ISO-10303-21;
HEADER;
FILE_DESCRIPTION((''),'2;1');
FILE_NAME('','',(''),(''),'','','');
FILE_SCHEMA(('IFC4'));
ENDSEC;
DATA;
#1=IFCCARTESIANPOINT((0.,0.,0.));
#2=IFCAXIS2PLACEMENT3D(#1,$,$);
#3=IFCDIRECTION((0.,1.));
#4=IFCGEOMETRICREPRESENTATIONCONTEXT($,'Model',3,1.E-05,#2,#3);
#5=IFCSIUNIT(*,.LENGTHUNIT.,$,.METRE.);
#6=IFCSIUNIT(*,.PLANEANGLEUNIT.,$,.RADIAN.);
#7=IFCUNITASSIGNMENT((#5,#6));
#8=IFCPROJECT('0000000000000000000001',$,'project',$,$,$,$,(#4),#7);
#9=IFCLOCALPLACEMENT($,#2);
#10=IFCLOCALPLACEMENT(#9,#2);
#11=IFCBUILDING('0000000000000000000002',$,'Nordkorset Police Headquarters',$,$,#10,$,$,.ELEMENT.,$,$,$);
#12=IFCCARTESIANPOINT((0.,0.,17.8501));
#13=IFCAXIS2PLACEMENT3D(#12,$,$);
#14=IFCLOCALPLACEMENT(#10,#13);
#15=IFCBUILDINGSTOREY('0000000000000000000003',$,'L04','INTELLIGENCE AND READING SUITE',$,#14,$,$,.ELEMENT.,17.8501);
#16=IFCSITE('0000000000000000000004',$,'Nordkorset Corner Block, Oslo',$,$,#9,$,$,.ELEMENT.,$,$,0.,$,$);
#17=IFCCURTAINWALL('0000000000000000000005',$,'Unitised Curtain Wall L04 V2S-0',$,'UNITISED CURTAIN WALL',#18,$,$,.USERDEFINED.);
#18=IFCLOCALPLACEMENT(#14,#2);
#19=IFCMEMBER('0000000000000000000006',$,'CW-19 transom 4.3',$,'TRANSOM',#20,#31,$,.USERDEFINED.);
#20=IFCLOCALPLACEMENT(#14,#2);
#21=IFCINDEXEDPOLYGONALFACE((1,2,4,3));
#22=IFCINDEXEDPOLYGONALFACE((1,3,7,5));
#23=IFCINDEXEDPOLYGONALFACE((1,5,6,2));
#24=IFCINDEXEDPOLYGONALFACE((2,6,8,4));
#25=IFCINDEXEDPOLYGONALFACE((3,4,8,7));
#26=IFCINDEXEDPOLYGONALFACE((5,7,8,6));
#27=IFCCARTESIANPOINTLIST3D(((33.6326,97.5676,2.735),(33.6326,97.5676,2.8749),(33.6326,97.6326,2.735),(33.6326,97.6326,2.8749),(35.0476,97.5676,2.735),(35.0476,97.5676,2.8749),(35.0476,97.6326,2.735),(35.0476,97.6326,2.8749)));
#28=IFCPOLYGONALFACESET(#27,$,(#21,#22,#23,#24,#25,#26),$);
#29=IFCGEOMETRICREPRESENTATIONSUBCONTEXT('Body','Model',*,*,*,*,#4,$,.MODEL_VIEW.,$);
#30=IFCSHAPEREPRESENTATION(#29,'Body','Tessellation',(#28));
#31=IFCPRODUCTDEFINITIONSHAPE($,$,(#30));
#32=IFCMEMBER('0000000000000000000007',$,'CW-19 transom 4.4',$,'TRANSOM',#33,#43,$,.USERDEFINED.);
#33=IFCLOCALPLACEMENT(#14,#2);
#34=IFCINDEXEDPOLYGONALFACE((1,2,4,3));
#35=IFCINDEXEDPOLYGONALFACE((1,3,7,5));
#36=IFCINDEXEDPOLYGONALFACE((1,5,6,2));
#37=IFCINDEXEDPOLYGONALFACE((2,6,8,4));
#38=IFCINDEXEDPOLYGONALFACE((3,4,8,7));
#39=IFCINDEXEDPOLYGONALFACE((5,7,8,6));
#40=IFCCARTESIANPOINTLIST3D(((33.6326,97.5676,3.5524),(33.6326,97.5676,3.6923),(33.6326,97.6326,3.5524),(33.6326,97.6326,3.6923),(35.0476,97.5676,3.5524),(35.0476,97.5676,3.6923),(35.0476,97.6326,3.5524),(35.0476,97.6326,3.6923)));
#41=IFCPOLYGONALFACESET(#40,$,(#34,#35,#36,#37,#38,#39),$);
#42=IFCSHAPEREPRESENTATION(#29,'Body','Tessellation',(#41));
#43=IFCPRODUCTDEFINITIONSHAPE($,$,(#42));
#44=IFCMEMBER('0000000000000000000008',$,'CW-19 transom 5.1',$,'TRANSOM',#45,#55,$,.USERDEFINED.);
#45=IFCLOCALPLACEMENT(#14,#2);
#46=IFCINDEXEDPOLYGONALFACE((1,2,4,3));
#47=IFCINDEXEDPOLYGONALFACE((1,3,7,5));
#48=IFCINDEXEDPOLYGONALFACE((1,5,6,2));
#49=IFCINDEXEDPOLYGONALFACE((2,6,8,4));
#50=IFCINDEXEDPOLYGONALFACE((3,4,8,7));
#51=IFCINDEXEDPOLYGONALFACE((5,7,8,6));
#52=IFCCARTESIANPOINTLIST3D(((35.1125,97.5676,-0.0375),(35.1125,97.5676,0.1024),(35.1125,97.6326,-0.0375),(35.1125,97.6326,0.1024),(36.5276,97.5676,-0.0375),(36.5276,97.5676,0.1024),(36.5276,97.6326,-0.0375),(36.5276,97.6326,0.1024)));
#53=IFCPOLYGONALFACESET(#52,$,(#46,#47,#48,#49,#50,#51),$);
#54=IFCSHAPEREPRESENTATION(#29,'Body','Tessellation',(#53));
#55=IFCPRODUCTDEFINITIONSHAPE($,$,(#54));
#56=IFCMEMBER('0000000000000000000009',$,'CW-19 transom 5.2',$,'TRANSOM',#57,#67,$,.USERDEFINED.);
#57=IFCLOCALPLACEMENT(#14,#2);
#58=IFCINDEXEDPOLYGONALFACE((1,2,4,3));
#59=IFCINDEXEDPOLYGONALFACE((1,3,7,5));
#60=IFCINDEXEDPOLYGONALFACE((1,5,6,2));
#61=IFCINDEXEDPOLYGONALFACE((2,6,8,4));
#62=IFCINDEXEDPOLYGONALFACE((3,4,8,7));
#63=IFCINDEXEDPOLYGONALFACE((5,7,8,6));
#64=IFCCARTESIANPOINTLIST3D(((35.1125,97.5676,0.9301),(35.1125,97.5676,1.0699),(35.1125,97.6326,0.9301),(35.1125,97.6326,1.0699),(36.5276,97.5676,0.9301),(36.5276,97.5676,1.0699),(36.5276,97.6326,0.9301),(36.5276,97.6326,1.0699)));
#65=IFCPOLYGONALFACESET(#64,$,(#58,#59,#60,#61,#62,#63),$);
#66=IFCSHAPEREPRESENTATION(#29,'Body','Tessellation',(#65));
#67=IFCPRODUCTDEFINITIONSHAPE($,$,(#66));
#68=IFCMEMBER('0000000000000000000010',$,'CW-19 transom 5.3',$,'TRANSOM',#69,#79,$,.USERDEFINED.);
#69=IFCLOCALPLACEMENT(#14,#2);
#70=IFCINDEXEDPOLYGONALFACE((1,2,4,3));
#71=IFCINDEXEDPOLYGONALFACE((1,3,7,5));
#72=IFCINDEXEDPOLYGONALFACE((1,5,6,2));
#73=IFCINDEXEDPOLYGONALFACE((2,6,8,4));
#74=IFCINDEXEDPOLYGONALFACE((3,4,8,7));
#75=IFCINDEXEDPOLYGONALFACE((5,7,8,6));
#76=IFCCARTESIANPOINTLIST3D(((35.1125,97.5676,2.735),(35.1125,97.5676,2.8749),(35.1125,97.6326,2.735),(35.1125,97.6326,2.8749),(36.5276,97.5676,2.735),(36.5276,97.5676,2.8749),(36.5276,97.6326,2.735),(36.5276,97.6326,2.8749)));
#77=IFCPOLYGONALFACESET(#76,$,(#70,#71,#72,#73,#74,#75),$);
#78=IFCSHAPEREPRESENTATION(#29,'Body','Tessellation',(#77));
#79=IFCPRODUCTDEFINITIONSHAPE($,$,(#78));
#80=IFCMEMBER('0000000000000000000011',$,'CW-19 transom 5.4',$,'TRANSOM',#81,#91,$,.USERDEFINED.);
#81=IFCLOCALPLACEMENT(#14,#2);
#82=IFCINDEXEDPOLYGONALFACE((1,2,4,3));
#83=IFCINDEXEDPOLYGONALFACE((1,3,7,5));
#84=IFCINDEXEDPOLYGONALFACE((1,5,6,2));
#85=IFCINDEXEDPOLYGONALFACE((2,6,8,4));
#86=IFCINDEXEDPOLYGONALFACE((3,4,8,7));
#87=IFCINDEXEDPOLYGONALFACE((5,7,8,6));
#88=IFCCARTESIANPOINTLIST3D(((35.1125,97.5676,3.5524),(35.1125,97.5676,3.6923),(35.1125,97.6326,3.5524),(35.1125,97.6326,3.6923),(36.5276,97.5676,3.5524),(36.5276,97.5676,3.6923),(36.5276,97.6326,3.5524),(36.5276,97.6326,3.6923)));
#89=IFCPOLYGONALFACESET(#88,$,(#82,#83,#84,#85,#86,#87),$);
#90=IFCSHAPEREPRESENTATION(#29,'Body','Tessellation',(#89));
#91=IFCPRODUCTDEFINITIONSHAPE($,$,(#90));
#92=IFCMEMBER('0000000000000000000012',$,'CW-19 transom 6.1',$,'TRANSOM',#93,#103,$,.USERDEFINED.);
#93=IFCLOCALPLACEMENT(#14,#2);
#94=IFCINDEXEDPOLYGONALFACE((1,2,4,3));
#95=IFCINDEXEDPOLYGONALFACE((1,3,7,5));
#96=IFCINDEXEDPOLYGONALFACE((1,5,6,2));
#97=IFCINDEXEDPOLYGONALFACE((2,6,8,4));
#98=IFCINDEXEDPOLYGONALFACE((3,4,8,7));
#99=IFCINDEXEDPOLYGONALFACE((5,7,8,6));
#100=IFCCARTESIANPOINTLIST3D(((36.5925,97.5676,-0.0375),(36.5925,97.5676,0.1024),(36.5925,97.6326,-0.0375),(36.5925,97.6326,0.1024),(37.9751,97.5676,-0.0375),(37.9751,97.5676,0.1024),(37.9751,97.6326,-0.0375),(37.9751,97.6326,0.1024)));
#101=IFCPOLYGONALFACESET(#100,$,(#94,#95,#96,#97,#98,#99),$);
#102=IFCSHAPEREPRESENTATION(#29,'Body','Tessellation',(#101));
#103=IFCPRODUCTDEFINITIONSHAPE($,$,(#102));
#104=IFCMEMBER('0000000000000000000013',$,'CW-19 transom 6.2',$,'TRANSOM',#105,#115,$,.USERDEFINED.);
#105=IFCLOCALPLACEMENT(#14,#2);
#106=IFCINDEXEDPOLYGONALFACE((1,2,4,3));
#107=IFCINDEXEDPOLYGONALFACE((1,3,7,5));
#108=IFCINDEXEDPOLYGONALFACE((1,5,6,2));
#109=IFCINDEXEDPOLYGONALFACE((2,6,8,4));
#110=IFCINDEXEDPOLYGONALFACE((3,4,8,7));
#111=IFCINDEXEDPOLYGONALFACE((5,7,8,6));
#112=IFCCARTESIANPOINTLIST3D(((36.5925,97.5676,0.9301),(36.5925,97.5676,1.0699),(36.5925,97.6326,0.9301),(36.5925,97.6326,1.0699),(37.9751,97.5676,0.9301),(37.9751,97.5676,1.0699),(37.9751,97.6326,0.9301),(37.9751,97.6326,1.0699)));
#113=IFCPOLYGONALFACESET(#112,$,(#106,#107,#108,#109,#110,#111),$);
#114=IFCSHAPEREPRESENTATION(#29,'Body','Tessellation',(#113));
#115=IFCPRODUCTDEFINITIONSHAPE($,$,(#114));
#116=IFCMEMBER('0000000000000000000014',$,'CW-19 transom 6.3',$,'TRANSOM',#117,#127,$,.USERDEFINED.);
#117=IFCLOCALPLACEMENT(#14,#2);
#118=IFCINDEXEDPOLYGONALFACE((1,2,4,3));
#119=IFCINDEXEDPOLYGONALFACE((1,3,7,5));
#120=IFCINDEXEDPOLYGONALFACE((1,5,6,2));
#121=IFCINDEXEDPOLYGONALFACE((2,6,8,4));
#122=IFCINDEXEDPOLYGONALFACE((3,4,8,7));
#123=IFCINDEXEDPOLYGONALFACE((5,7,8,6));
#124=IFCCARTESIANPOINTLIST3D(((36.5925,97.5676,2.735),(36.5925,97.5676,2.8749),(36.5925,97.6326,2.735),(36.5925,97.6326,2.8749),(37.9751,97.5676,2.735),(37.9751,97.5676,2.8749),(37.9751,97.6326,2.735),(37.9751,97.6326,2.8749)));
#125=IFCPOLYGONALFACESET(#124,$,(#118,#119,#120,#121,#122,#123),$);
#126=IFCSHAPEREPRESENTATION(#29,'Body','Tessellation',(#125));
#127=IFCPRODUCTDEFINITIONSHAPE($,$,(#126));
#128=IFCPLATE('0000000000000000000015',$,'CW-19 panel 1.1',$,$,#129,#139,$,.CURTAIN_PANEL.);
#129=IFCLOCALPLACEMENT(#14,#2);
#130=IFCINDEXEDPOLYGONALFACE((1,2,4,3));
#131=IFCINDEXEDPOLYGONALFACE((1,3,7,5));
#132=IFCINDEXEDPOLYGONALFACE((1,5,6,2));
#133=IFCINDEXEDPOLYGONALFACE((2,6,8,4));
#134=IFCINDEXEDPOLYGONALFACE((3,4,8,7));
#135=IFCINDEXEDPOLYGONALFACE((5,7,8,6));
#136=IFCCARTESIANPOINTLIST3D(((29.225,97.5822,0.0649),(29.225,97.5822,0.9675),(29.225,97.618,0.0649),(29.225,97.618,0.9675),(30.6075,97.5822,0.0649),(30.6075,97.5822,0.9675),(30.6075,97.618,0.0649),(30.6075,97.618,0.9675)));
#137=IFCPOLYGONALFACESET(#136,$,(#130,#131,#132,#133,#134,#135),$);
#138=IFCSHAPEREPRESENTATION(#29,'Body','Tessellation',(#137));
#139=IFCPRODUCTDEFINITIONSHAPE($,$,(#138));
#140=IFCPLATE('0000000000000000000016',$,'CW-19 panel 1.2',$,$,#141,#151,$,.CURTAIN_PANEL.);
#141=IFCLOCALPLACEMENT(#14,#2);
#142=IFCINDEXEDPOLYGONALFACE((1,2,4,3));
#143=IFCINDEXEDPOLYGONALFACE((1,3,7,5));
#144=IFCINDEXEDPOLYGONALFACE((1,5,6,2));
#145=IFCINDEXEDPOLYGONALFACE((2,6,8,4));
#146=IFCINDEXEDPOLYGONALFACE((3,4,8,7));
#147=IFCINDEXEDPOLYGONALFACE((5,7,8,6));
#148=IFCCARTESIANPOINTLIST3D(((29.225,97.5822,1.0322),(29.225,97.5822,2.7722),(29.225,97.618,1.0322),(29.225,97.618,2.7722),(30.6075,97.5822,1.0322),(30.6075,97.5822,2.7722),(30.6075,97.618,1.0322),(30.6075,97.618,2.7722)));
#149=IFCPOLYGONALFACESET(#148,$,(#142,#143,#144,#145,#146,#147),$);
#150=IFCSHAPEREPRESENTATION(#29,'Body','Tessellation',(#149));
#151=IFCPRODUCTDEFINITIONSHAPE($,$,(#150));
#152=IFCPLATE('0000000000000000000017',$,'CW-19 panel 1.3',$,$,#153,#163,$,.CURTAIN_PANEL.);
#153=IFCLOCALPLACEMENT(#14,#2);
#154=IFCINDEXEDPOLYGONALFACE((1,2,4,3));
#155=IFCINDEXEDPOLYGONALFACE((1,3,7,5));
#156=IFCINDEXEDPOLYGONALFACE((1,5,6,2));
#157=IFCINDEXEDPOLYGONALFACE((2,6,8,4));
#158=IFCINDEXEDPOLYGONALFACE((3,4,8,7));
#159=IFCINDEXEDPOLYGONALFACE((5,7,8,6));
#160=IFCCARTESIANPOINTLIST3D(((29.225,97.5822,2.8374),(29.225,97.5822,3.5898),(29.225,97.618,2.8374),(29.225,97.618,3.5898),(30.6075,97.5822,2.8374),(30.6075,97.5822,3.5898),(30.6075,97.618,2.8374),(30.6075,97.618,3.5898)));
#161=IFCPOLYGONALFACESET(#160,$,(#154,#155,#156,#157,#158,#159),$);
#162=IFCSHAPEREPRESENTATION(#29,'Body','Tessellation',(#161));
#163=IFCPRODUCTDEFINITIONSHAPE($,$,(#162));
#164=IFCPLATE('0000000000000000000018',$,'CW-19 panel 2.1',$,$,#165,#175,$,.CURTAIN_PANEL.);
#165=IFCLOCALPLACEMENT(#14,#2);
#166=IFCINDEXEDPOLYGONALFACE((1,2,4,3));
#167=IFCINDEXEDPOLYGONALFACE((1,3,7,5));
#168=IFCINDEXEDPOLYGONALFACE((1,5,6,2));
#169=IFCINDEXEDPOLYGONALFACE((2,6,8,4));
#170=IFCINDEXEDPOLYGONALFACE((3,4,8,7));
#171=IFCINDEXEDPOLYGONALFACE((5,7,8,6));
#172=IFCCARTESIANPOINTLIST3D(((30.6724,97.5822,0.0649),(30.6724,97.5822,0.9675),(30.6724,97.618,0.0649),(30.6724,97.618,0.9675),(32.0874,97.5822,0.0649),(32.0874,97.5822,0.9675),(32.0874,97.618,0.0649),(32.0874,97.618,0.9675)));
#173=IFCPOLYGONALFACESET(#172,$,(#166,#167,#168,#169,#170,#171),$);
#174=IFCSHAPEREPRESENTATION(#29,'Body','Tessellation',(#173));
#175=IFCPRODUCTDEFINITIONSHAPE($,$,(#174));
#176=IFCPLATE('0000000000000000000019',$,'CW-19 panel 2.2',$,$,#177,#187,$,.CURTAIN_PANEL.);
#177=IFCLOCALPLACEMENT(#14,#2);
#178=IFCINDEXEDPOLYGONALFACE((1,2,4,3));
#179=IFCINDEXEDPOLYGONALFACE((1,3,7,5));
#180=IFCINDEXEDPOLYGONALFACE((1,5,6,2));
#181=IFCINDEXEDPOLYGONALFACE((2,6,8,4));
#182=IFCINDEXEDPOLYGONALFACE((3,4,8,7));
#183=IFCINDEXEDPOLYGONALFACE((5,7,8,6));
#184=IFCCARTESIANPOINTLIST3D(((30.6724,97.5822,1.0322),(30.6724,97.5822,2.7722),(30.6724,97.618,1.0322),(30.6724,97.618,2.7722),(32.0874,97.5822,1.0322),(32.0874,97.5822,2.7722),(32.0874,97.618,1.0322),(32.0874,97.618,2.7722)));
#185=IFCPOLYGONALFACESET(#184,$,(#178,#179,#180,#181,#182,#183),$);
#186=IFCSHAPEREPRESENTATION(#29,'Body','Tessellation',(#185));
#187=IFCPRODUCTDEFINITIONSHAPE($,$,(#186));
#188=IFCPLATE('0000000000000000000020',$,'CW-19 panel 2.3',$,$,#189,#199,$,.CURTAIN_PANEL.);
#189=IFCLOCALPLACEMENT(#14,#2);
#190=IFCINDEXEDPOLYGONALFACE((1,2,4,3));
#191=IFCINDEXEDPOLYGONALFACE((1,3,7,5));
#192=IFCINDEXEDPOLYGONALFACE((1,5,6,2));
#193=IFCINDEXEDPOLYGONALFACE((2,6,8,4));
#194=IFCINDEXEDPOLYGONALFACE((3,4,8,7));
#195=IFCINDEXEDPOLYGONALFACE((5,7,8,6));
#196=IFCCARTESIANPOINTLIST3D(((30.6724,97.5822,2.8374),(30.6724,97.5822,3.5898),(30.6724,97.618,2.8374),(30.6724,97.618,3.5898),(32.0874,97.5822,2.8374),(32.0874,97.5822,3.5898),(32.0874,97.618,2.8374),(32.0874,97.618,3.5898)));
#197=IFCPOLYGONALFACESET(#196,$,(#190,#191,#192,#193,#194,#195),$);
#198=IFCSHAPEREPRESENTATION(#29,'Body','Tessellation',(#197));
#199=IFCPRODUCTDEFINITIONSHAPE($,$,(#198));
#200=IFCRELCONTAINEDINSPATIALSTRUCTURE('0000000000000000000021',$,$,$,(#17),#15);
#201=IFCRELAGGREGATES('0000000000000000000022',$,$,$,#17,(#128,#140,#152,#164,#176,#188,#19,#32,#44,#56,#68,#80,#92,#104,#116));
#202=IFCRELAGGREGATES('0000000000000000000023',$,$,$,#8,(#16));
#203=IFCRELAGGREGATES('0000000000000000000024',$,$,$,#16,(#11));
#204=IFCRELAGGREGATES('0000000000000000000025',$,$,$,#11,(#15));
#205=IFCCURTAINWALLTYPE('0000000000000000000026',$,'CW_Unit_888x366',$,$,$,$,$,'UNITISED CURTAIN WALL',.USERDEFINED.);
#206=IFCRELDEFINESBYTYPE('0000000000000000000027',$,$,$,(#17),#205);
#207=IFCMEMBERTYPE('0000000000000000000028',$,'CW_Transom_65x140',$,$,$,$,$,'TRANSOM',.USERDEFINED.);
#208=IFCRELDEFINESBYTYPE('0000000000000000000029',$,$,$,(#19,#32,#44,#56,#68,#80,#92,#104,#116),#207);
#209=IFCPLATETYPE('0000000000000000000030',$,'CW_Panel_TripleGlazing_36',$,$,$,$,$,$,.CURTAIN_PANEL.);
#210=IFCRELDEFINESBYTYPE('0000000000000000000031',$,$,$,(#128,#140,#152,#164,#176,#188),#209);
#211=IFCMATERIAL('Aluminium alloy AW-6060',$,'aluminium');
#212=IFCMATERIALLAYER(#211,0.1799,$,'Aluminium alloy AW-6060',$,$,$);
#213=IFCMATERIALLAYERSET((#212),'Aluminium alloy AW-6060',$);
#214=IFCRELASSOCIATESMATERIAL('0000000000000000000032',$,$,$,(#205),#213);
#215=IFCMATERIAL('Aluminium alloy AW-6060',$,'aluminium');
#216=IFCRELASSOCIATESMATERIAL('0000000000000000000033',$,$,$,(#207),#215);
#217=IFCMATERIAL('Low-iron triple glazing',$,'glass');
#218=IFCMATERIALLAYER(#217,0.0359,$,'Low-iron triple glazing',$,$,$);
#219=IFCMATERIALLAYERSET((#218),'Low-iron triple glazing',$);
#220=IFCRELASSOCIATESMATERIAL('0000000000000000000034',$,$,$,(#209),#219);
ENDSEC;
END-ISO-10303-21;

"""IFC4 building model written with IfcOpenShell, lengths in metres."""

from ifc_helpers import new_model, si_unit, direction, frame, origin, origin_2d, place, context, subcontext, project, spatial, rectangle, extrude, material, layer, layer_set, material_profile, profile_set, type_object, element, aggregate, save


model = new_model("IFC4")

# Units and contexts
model_context = context("Model", 3, precision=1e-05, world=origin(), true_north=direction((0.0, 1.0)))
body_context = subcontext(model_context, "Body", "Model", "MODEL_VIEW")
ifc_project = project(units=[si_unit("LENGTHUNIT", "METRE"), si_unit("PLANEANGLEUNIT", "RADIAN")], contexts=[model_context])

# Site, building, storey
site_placement = place(None, origin())
site = spatial("IfcSite", under=ifc_project, at=site_placement, Name="Nordkorset Corner Block, Oslo", CompositionType="ELEMENT", RefElevation=0.0)
building_placement = place(site_placement, origin())
building = spatial("IfcBuilding", under=site, at=building_placement, Name="Nordkorset Police Headquarters", CompositionType="ELEMENT")
storey_placement = place(building_placement, frame((0.0, 0.0, 17.8501)))
storey = spatial("IfcBuildingStorey", under=building, at=storey_placement, Name="L04", Description="INTELLIGENCE AND READING SUITE", CompositionType="ELEMENT", Elevation=17.8501)

# Curtain wall, members, plates
ifc_material_1 = material(Name="Aluminium alloy AW-6060", Category="aluminium")
ifc_layer_1 = layer(ifc_material_1, 0.1799, Name="Aluminium alloy AW-6060")
ifc_layer_set_1 = layer_set([ifc_layer_1], Name="Aluminium alloy AW-6060")
curtain_wall_type = type_object("IfcCurtainWallType", Name="CW_Unit_888x366", ElementType="UNITISED CURTAIN WALL", PredefinedType="USERDEFINED", material=ifc_layer_set_1)
curtain_wall_placement = place(storey_placement, origin())
curtain_wall = element("IfcCurtainWall", 1, at=curtain_wall_placement, inside=storey, type_object=curtain_wall_type, Name="Unitised Curtain Wall L04 V2S-0", ObjectType="UNITISED CURTAIN WALL", PredefinedType="USERDEFINED")
ifc_material_2 = material(Name="Aluminium alloy AW-6060", Category="aluminium")
ifc_material_profile_1 = material_profile(ifc_material_2, rectangle(XDim=0.0649, YDim=0.1399, at=origin_2d()), Name="ALU TRAN 65x140")
ifc_profile_set_1 = profile_set([ifc_material_profile_1], Name="Aluminium alloy AW-6060")
member_type_1 = type_object("IfcMemberType", Name="CW_Transom_65x140", ElementType="TRANSOM", PredefinedType="USERDEFINED", material=ifc_profile_set_1)
member_1_placement = place(storey_placement, frame((33.6326, 97.6001, 2.8049), z_axis=(1.0, 0.0, 0.0), x_axis=(0.0, 1.0, 0.0)))
member_1 = element("IfcMember", 2, at=member_1_placement, type_object=member_type_1, Name="CW-19 transom 4.3", ObjectType="TRANSOM", PredefinedType="USERDEFINED", context=body_context, shape_type="SweptSolid", body=[
    extrude(rectangle(XDim=0.0649, YDim=0.1399, at=origin_2d()), origin(), (0.0, 0.0, 1.0), 1.415),
])
member_2_placement = place(storey_placement, frame((33.6326, 97.6001, 3.6223), z_axis=(1.0, 0.0, 0.0), x_axis=(0.0, 1.0, 0.0)))
member_2 = element("IfcMember", 3, at=member_2_placement, type_object=member_type_1, Name="CW-19 transom 4.4", ObjectType="TRANSOM", PredefinedType="USERDEFINED", context=body_context, shape_type="SweptSolid", body=[
    extrude(rectangle(XDim=0.0649, YDim=0.1399, at=origin_2d()), origin(), (0.0, 0.0, 1.0), 1.415),
])
member_3_placement = place(storey_placement, frame((35.1125, 97.6001, 0.0325), z_axis=(1.0, 0.0, 0.0), x_axis=(0.0, 1.0, 0.0)))
member_3 = element("IfcMember", 4, at=member_3_placement, type_object=member_type_1, Name="CW-19 transom 5.1", ObjectType="TRANSOM", PredefinedType="USERDEFINED", context=body_context, shape_type="SweptSolid", body=[
    extrude(rectangle(XDim=0.0649, YDim=0.1399, at=origin_2d()), origin(), (0.0, 0.0, 1.0), 1.415),
])
member_4_placement = place(storey_placement, frame((35.1125, 97.6001, 1.0), z_axis=(1.0, 0.0, 0.0), x_axis=(0.0, 1.0, 0.0)))
member_4 = element("IfcMember", 5, at=member_4_placement, type_object=member_type_1, Name="CW-19 transom 5.2", ObjectType="TRANSOM", PredefinedType="USERDEFINED", context=body_context, shape_type="SweptSolid", body=[
    extrude(rectangle(XDim=0.0649, YDim=0.1399, at=origin_2d()), origin(), (0.0, 0.0, 1.0), 1.415),
])
member_5_placement = place(storey_placement, frame((35.1125, 97.6001, 2.8049), z_axis=(1.0, 0.0, 0.0), x_axis=(0.0, 1.0, 0.0)))
member_5 = element("IfcMember", 6, at=member_5_placement, type_object=member_type_1, Name="CW-19 transom 5.3", ObjectType="TRANSOM", PredefinedType="USERDEFINED", context=body_context, shape_type="SweptSolid", body=[
    extrude(rectangle(XDim=0.0649, YDim=0.1399, at=origin_2d()), origin(), (0.0, 0.0, 1.0), 1.415),
])
member_6_placement = place(storey_placement, frame((35.1125, 97.6001, 3.6223), z_axis=(1.0, 0.0, 0.0), x_axis=(0.0, 1.0, 0.0)))
member_6 = element("IfcMember", 7, at=member_6_placement, type_object=member_type_1, Name="CW-19 transom 5.4", ObjectType="TRANSOM", PredefinedType="USERDEFINED", context=body_context, shape_type="SweptSolid", body=[
    extrude(rectangle(XDim=0.0649, YDim=0.1399, at=origin_2d()), origin(), (0.0, 0.0, 1.0), 1.415),
])
member_7_placement = place(storey_placement, frame((36.5925, 97.6001, 0.0325), z_axis=(1.0, 0.0, 0.0), x_axis=(0.0, 1.0, 0.0)))
member_7 = element("IfcMember", 8, at=member_7_placement, type_object=member_type_1, Name="CW-19 transom 6.1", ObjectType="TRANSOM", PredefinedType="USERDEFINED", context=body_context, shape_type="SweptSolid", body=[
    extrude(rectangle(XDim=0.0649, YDim=0.1399, at=origin_2d()), origin(), (0.0, 0.0, 1.0), 1.3826),
])
member_8_placement = place(storey_placement, frame((36.5925, 97.6001, 1.0), z_axis=(1.0, 0.0, 0.0), x_axis=(0.0, 1.0, 0.0)))
member_8 = element("IfcMember", 9, at=member_8_placement, type_object=member_type_1, Name="CW-19 transom 6.2", ObjectType="TRANSOM", PredefinedType="USERDEFINED", context=body_context, shape_type="SweptSolid", body=[
    extrude(rectangle(XDim=0.0649, YDim=0.1399, at=origin_2d()), origin(), (0.0, 0.0, 1.0), 1.3826),
])
member_9_placement = place(storey_placement, frame((36.5925, 97.6001, 2.8049), z_axis=(1.0, 0.0, 0.0), x_axis=(0.0, 1.0, 0.0)))
member_9 = element("IfcMember", 10, at=member_9_placement, type_object=member_type_1, Name="CW-19 transom 6.3", ObjectType="TRANSOM", PredefinedType="USERDEFINED", context=body_context, shape_type="SweptSolid", body=[
    extrude(rectangle(XDim=0.0649, YDim=0.1399, at=origin_2d()), origin(), (0.0, 0.0, 1.0), 1.3826),
])
ifc_material_3 = material(Name="Low-iron triple glazing", Category="glass")
ifc_layer_2 = layer(ifc_material_3, 0.0359, Name="Low-iron triple glazing")
ifc_layer_set_2 = layer_set([ifc_layer_2], Name="Low-iron triple glazing")
plate_type = type_object("IfcPlateType", Name="CW_Panel_TripleGlazing_36", PredefinedType="CURTAIN_PANEL", material=ifc_layer_set_2)
plate_1_placement = place(storey_placement, frame((29.9163, 97.6001, 0.0649), z_axis=(0.0, 0.0, 1.0), x_axis=(1.0, 0.0, 0.0)))
plate_1 = element("IfcPlate", 11, at=plate_1_placement, type_object=plate_type, Name="CW-19 panel 1.1", PredefinedType="CURTAIN_PANEL", context=body_context, shape_type="SweptSolid", body=[
    extrude(rectangle(XDim=1.3826, YDim=0.0359, at=origin_2d()), origin(), (0.0, 0.0, 1.0), 0.9026),
])
plate_2_placement = place(storey_placement, frame((29.9163, 97.6001, 1.0322), z_axis=(0.0, 0.0, 1.0), x_axis=(1.0, 0.0, 0.0)))
plate_2 = element("IfcPlate", 12, at=plate_2_placement, type_object=plate_type, Name="CW-19 panel 1.2", PredefinedType="CURTAIN_PANEL", context=body_context, shape_type="SweptSolid", body=[
    extrude(rectangle(XDim=1.3826, YDim=0.0359, at=origin_2d()), origin(), (0.0, 0.0, 1.0), 1.74),
])
plate_3_placement = place(storey_placement, frame((29.9163, 97.6001, 2.8374), z_axis=(0.0, 0.0, 1.0), x_axis=(1.0, 0.0, 0.0)))
plate_3 = element("IfcPlate", 13, at=plate_3_placement, type_object=plate_type, Name="CW-19 panel 1.3", PredefinedType="CURTAIN_PANEL", context=body_context, shape_type="SweptSolid", body=[
    extrude(rectangle(XDim=1.3826, YDim=0.0359, at=origin_2d()), origin(), (0.0, 0.0, 1.0), 0.7524),
])
plate_4_placement = place(storey_placement, frame((31.3799, 97.6001, 0.0649), z_axis=(0.0, 0.0, 1.0), x_axis=(1.0, 0.0, 0.0)))
plate_4 = element("IfcPlate", 14, at=plate_4_placement, type_object=plate_type, Name="CW-19 panel 2.1", PredefinedType="CURTAIN_PANEL", context=body_context, shape_type="SweptSolid", body=[
    extrude(rectangle(XDim=1.415, YDim=0.0359, at=origin_2d()), origin(), (0.0, 0.0, 1.0), 0.9026),
])
plate_5_placement = place(storey_placement, frame((31.3799, 97.6001, 1.0322), z_axis=(0.0, 0.0, 1.0), x_axis=(1.0, 0.0, 0.0)))
plate_5 = element("IfcPlate", 15, at=plate_5_placement, type_object=plate_type, Name="CW-19 panel 2.2", PredefinedType="CURTAIN_PANEL", context=body_context, shape_type="SweptSolid", body=[
    extrude(rectangle(XDim=1.415, YDim=0.0359, at=origin_2d()), origin(), (0.0, 0.0, 1.0), 1.74),
])
plate_6_placement = place(storey_placement, frame((31.3799, 97.6001, 2.8374), z_axis=(0.0, 0.0, 1.0), x_axis=(1.0, 0.0, 0.0)))
plate_6 = element("IfcPlate", 16, at=plate_6_placement, type_object=plate_type, Name="CW-19 panel 2.3", PredefinedType="CURTAIN_PANEL", context=body_context, shape_type="SweptSolid", body=[
    extrude(rectangle(XDim=1.415, YDim=0.0359, at=origin_2d()), origin(), (0.0, 0.0, 1.0), 0.7524),
])
aggregate(curtain_wall, [plate_1, plate_2, plate_3, plate_4, plate_5, plate_6, member_1, member_2, member_3, member_4, member_5, member_6, member_7, member_8, member_9])

save(model, "model.ifc")
